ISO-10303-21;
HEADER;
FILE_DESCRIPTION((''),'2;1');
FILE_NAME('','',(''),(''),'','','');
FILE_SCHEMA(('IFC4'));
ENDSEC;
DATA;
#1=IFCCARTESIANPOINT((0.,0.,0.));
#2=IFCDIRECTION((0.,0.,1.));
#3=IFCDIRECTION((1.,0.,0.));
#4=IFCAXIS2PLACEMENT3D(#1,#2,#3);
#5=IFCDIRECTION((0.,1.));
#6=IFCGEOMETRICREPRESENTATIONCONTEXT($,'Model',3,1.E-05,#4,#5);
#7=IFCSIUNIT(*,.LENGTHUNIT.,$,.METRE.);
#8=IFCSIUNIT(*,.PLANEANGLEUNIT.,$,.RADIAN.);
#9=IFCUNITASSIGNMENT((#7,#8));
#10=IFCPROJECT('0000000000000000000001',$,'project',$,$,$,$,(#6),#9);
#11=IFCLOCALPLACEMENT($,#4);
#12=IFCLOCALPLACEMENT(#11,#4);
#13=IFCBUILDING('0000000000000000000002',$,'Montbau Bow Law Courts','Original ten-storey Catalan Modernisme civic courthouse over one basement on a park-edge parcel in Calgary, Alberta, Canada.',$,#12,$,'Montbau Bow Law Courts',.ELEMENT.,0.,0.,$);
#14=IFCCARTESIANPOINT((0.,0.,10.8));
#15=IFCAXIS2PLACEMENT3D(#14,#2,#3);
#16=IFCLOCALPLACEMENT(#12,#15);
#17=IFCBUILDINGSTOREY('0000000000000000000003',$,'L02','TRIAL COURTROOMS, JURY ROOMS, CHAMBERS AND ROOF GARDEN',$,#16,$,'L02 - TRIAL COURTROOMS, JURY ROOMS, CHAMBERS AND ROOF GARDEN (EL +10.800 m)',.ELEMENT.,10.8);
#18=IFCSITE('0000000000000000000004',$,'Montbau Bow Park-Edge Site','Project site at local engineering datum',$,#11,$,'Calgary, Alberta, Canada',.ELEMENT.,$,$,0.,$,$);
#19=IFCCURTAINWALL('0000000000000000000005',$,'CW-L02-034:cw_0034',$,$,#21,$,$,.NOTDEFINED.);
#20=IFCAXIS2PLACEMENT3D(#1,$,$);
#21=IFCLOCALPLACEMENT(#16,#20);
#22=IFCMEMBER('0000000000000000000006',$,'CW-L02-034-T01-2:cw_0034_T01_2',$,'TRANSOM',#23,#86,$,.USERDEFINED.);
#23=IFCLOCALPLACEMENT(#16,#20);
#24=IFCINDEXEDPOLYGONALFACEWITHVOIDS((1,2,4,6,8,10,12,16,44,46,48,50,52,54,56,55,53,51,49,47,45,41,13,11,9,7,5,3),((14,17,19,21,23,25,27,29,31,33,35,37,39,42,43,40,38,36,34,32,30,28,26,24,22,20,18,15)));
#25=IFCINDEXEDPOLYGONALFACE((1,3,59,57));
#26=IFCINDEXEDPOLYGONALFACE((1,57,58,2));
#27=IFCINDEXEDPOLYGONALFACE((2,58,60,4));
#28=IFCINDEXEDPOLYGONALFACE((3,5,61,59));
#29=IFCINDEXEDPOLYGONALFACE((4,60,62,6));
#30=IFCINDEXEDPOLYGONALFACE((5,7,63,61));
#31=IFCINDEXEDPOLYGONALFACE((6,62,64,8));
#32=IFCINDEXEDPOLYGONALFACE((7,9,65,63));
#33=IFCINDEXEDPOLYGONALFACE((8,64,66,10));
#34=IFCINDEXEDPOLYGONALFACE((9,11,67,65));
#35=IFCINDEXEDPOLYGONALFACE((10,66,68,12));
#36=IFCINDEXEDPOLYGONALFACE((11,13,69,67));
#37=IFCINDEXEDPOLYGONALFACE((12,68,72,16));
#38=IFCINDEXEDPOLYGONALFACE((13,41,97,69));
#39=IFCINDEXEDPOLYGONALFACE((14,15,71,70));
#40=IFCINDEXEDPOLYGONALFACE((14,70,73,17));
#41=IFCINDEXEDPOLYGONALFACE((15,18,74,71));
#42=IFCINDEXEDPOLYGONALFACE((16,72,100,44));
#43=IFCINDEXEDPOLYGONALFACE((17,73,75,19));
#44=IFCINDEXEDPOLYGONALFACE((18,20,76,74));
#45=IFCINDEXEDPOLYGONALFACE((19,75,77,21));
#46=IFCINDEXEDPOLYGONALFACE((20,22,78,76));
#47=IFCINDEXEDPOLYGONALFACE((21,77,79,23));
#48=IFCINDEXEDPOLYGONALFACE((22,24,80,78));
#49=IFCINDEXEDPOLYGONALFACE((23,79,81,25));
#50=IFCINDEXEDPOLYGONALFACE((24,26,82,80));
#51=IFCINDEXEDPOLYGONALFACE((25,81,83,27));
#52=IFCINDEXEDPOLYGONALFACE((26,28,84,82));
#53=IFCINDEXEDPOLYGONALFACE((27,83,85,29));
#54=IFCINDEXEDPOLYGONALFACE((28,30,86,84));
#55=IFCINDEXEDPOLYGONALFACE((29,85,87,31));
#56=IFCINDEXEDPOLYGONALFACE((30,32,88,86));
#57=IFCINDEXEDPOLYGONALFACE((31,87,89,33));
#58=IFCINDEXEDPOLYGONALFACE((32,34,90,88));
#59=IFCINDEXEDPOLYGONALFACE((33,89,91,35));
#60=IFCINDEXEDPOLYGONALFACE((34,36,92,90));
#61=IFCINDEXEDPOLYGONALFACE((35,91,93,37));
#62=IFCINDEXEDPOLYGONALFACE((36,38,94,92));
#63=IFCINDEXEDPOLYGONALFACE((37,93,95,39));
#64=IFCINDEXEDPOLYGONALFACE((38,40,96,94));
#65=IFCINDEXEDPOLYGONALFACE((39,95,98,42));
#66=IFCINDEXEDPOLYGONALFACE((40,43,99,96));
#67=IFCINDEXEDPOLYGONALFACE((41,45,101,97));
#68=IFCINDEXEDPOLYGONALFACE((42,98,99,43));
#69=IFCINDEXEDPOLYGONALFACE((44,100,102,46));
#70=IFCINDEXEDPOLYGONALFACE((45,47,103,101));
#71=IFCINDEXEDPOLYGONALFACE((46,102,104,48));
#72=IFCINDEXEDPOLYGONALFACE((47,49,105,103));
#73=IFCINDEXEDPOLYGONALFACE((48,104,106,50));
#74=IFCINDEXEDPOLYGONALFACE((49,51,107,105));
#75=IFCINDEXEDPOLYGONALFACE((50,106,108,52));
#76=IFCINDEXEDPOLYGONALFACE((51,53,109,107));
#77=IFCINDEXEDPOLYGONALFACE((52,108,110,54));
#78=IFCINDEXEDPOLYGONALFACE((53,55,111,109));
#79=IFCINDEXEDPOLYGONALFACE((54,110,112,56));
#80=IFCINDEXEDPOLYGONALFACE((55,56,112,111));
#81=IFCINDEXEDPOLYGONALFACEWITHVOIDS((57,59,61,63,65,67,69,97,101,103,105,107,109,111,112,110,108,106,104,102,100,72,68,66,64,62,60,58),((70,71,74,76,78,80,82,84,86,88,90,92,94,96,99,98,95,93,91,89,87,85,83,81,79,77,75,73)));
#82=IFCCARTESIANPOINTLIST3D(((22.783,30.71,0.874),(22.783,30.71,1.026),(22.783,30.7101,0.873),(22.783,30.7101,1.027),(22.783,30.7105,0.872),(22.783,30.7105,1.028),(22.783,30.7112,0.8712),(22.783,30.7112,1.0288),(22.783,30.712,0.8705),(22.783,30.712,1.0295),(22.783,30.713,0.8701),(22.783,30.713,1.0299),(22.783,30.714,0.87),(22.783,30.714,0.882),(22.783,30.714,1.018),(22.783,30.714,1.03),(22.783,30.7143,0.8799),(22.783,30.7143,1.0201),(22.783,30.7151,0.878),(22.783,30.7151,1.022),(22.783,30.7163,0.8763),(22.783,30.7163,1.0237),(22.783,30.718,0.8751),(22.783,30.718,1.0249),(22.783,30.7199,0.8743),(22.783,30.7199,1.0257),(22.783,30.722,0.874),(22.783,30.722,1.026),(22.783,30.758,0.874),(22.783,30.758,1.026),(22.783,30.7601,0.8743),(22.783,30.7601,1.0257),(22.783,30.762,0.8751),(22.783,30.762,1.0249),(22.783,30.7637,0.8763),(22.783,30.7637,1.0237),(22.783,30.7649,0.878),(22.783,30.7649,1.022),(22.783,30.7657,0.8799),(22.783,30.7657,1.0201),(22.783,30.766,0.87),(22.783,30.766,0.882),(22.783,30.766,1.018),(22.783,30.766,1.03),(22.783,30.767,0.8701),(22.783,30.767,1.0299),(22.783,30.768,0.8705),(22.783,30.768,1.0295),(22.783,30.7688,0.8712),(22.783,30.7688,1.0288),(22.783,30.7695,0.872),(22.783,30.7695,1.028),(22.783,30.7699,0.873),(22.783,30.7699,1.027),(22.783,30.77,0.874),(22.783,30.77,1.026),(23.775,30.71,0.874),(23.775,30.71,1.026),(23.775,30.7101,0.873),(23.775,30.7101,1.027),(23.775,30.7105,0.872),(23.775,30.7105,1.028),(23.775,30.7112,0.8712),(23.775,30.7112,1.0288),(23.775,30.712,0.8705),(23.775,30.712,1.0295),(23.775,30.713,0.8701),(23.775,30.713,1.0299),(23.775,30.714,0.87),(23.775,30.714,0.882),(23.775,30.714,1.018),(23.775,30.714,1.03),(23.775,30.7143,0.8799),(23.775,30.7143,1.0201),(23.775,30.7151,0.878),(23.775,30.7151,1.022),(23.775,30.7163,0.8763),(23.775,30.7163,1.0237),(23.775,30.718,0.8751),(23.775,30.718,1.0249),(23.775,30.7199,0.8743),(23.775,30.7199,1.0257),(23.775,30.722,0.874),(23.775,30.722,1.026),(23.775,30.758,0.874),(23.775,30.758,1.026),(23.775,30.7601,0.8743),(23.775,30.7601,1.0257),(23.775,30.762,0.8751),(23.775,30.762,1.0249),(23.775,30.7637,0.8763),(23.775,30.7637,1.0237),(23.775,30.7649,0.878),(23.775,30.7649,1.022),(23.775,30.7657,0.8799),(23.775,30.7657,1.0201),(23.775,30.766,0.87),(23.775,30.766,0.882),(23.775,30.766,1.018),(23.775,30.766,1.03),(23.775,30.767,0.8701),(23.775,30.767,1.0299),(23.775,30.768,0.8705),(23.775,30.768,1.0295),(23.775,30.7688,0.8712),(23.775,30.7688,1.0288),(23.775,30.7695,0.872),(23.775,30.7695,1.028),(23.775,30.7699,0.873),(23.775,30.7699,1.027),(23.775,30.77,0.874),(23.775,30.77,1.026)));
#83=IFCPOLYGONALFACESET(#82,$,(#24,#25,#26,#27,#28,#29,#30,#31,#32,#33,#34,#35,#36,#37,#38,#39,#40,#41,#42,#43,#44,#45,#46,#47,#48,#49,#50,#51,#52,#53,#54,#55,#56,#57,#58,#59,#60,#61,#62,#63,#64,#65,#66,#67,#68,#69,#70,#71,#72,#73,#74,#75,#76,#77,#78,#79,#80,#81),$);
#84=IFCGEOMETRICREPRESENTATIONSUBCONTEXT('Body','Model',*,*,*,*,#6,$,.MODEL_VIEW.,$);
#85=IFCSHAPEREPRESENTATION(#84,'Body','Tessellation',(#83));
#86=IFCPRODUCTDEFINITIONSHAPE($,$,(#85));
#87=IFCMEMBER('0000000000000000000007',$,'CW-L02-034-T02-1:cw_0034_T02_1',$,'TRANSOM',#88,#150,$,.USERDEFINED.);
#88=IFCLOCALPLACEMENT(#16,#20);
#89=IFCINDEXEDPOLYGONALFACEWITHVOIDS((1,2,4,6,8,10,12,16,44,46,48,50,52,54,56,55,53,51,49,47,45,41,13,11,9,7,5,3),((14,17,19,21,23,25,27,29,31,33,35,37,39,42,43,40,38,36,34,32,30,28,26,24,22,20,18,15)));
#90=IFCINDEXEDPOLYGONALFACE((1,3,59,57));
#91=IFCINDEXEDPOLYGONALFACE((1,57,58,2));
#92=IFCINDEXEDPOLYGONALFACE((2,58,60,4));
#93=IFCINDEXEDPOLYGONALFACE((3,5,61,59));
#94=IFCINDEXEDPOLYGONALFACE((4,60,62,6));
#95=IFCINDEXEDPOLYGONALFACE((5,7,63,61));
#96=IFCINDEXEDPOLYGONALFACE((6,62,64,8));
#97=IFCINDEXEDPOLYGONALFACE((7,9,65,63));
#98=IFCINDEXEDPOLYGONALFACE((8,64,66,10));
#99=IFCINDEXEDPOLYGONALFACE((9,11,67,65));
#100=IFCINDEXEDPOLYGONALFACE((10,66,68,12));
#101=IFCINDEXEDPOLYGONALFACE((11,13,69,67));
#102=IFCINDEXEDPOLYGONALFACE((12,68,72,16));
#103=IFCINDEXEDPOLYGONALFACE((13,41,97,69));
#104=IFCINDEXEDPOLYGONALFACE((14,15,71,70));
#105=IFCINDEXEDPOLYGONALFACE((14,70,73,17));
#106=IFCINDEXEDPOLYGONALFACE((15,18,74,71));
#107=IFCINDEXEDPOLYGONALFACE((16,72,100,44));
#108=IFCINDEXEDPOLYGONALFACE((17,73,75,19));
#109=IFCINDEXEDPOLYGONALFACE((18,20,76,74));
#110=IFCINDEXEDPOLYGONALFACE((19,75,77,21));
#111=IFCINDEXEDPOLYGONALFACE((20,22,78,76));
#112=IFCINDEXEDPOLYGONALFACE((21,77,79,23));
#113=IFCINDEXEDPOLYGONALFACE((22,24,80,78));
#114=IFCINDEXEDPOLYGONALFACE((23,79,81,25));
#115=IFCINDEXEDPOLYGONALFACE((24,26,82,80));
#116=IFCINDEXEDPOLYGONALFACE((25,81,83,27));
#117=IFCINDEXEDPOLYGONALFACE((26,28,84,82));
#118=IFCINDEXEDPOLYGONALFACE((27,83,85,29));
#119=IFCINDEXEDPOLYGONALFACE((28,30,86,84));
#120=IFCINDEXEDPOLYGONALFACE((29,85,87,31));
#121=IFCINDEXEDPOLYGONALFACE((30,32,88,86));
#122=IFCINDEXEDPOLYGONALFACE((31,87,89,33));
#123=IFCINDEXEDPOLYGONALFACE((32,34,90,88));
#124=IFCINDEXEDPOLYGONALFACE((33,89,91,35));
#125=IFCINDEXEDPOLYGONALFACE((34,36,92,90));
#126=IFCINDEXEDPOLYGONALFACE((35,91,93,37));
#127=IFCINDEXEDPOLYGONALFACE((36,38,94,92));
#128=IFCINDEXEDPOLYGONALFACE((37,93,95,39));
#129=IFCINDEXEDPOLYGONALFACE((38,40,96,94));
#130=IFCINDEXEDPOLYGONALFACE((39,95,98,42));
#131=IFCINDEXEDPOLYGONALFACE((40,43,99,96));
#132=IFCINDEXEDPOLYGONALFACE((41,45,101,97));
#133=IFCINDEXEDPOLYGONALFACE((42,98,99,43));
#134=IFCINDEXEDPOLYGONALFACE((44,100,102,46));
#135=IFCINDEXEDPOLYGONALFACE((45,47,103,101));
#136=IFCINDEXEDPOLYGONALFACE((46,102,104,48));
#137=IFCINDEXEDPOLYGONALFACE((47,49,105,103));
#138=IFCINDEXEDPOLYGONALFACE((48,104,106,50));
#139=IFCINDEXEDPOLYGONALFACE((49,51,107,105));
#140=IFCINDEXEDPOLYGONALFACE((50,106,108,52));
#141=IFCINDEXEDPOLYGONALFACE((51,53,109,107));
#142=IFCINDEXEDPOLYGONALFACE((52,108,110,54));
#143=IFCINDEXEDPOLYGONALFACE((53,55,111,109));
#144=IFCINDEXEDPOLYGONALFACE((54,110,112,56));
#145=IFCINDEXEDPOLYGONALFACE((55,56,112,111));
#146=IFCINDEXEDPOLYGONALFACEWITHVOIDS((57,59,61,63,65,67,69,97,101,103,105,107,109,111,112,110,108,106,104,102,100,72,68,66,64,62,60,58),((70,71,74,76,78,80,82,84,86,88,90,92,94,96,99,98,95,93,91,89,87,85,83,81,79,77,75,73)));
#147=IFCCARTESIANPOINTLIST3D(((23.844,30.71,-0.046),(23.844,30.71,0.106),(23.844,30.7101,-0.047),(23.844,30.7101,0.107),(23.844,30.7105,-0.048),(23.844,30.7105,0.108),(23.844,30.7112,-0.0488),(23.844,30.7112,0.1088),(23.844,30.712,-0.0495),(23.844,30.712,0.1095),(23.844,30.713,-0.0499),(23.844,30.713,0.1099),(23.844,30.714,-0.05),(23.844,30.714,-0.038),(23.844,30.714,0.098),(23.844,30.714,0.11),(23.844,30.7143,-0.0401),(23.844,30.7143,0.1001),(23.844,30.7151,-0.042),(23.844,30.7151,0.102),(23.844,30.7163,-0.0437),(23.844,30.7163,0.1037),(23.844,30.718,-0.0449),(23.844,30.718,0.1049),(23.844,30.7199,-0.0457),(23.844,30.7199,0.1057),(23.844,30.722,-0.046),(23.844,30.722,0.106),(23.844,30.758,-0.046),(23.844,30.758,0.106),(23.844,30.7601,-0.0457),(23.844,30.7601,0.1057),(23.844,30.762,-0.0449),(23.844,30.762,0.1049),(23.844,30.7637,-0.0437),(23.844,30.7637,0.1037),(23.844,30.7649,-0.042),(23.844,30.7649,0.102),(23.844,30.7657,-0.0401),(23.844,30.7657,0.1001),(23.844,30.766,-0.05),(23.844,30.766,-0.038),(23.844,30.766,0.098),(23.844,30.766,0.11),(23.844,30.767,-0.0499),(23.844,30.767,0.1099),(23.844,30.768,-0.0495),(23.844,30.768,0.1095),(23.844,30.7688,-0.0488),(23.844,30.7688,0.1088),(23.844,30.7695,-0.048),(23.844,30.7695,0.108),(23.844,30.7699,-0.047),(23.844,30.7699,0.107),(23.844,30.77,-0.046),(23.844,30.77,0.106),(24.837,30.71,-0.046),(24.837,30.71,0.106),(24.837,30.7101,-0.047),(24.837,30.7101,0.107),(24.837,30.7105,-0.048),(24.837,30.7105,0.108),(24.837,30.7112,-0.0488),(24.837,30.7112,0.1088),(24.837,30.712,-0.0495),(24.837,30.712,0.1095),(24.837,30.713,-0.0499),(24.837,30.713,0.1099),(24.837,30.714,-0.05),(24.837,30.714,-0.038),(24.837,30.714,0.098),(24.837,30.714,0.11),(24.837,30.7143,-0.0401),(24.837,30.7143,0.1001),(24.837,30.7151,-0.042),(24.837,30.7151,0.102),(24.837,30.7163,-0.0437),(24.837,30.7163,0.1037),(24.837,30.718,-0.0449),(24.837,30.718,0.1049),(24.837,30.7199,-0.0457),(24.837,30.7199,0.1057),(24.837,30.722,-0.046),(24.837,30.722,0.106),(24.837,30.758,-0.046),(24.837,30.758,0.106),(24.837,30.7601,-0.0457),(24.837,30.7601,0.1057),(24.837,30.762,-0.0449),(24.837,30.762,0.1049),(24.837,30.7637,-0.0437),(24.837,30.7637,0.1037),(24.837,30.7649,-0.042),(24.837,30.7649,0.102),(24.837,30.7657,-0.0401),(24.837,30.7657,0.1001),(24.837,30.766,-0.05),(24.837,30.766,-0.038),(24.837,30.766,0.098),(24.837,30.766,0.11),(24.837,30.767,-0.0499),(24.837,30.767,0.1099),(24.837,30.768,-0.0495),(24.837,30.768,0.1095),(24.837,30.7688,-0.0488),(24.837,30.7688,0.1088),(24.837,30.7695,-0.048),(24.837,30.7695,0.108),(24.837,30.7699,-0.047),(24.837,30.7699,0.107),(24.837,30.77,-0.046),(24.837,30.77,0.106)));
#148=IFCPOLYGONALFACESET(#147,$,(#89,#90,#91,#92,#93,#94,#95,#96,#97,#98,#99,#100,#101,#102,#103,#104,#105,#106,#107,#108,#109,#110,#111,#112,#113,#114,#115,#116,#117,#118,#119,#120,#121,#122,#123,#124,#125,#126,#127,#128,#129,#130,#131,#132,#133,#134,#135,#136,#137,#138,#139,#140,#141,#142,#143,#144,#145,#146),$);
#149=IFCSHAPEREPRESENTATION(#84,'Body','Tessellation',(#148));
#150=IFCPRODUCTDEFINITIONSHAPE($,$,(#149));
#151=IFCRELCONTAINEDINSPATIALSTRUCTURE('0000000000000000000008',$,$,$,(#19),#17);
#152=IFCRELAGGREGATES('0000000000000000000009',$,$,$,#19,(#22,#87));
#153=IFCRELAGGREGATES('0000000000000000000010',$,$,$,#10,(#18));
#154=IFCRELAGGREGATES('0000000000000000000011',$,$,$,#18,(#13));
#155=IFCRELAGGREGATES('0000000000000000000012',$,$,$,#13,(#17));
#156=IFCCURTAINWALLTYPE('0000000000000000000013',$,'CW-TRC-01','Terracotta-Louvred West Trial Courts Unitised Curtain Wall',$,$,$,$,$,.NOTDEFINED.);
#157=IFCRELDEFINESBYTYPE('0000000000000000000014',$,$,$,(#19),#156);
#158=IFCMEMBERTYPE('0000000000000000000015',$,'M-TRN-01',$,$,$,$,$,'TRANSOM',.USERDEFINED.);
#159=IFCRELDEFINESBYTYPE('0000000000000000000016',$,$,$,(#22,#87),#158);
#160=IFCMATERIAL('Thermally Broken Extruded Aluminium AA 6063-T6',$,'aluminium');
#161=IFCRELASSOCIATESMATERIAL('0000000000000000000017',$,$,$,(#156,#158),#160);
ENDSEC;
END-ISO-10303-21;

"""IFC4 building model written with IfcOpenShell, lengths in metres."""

from ifc_helpers import new_model, si_unit, direction, frame, origin_with_axes, origin_2d_with_axis, place, context, subcontext, project, spatial, hollow_rectangle, extrude, material, material_profile, profile_set, type_object, element, aggregate, save


model = new_model("IFC4")

# Units and contexts
model_context = context("Model", 3, precision=1e-05, world=origin_with_axes(), true_north=direction((0.0, 1.0)))
body_context = subcontext(model_context, "Body", "Model", "MODEL_VIEW")
ifc_project = project(units=[si_unit("LENGTHUNIT", "METRE"), si_unit("PLANEANGLEUNIT", "RADIAN")], contexts=[model_context])

# Site, building, storey
site_placement = place(None, origin_with_axes())
site = spatial("IfcSite", under=ifc_project, at=site_placement, Name="Montbau Bow Park-Edge Site", Description="Project site at local engineering datum", LongName="Calgary, Alberta, Canada", CompositionType="ELEMENT", RefElevation=0.0)
building_placement = place(site_placement, origin_with_axes())
building = spatial("IfcBuilding", under=site, at=building_placement, Name="Montbau Bow Law Courts", Description="Original ten-storey Catalan Modernisme civic courthouse over one basement on a park-edge parcel in Calgary, Alberta, Canada.", LongName="Montbau Bow Law Courts", CompositionType="ELEMENT", ElevationOfRefHeight=0.0, ElevationOfTerrain=0.0)
storey_placement = place(building_placement, frame((0.0, 0.0, 10.8), z_axis=(0.0, 0.0, 1.0), x_axis=(1.0, 0.0, 0.0)))
storey = spatial("IfcBuildingStorey", under=building, at=storey_placement, Name="L02", Description="TRIAL COURTROOMS, JURY ROOMS, CHAMBERS AND ROOF GARDEN", LongName="L02 - TRIAL COURTROOMS, JURY ROOMS, CHAMBERS AND ROOF GARDEN (EL +10.800 m)", CompositionType="ELEMENT", Elevation=10.8)

# Shared definitions
ifc_material_1 = material(Name="Thermally Broken Extruded Aluminium AA 6063-T6", Category="aluminium")
curtain_wall_type = type_object("IfcCurtainWallType", Name="CW-TRC-01", Description="Terracotta-Louvred West Trial Courts Unitised Curtain Wall", PredefinedType="NOTDEFINED", material=ifc_material_1)

# Curtain wall
curtain_wall_1_placement = place(None, frame((22.715, 30.74, 10.8), z_axis=(0.0, 0.0, 1.0), x_axis=(1.0, 0.0, 0.0)))
curtain_wall_1 = element("IfcCurtainWall", 1, at=curtain_wall_1_placement, inside=storey, type_object=curtain_wall_type, Name="CW-L02-034:cw_0034", PredefinedType="NOTDEFINED")

# Members
ifc_material_profile_1 = material_profile(ifc_material_1, hollow_rectangle(XDim=0.06, YDim=0.16, WallThickness=0.004, InnerFilletRadius=0.008, OuterFilletRadius=0.004, at=origin_2d_with_axis()), Name="CWT-160X60", Category="Main", Priority=0)
ifc_profile_set_1 = profile_set([ifc_material_profile_1], Name="Thermally Broken Extruded Aluminium AA 6063-T6")
member_type_1 = type_object("IfcMemberType", Name="M-TRN-01", ElementType="TRANSOM", PredefinedType="USERDEFINED", material=ifc_profile_set_1)
member_1_placement = place(None, frame((22.783, 30.74, 11.75), z_axis=(1.0, 0.0, 0.0), x_axis=(0.0, 1.0, 0.0)))
member_1 = element("IfcMember", 2, at=member_1_placement, type_object=member_type_1, Name="CW-L02-034-T01-2:cw_0034_T01_2", ObjectType="TRANSOM", PredefinedType="USERDEFINED", context=body_context, shape_type="SweptSolid", body=[
    extrude(hollow_rectangle(XDim=0.06, YDim=0.16, WallThickness=0.004, InnerFilletRadius=0.008, OuterFilletRadius=0.004, at=origin_2d_with_axis()), origin_with_axes(), (0.0, 0.0, 1.0), 0.992),
])
member_2_placement = place(None, frame((23.844, 30.74, 10.83), z_axis=(1.0, 0.0, 0.0), x_axis=(0.0, 1.0, 0.0)))
member_2 = element("IfcMember", 3, at=member_2_placement, type_object=member_type_1, Name="CW-L02-034-T02-1:cw_0034_T02_1", ObjectType="TRANSOM", PredefinedType="USERDEFINED", context=body_context, shape_type="SweptSolid", body=[
    extrude(hollow_rectangle(XDim=0.06, YDim=0.16, WallThickness=0.004, InnerFilletRadius=0.008, OuterFilletRadius=0.004, at=origin_2d_with_axis()), origin_with_axes(), (0.0, 0.0, 1.0), 0.993),
])

aggregate(curtain_wall_1, [member_1, member_2])

save(model, "model.ifc")
